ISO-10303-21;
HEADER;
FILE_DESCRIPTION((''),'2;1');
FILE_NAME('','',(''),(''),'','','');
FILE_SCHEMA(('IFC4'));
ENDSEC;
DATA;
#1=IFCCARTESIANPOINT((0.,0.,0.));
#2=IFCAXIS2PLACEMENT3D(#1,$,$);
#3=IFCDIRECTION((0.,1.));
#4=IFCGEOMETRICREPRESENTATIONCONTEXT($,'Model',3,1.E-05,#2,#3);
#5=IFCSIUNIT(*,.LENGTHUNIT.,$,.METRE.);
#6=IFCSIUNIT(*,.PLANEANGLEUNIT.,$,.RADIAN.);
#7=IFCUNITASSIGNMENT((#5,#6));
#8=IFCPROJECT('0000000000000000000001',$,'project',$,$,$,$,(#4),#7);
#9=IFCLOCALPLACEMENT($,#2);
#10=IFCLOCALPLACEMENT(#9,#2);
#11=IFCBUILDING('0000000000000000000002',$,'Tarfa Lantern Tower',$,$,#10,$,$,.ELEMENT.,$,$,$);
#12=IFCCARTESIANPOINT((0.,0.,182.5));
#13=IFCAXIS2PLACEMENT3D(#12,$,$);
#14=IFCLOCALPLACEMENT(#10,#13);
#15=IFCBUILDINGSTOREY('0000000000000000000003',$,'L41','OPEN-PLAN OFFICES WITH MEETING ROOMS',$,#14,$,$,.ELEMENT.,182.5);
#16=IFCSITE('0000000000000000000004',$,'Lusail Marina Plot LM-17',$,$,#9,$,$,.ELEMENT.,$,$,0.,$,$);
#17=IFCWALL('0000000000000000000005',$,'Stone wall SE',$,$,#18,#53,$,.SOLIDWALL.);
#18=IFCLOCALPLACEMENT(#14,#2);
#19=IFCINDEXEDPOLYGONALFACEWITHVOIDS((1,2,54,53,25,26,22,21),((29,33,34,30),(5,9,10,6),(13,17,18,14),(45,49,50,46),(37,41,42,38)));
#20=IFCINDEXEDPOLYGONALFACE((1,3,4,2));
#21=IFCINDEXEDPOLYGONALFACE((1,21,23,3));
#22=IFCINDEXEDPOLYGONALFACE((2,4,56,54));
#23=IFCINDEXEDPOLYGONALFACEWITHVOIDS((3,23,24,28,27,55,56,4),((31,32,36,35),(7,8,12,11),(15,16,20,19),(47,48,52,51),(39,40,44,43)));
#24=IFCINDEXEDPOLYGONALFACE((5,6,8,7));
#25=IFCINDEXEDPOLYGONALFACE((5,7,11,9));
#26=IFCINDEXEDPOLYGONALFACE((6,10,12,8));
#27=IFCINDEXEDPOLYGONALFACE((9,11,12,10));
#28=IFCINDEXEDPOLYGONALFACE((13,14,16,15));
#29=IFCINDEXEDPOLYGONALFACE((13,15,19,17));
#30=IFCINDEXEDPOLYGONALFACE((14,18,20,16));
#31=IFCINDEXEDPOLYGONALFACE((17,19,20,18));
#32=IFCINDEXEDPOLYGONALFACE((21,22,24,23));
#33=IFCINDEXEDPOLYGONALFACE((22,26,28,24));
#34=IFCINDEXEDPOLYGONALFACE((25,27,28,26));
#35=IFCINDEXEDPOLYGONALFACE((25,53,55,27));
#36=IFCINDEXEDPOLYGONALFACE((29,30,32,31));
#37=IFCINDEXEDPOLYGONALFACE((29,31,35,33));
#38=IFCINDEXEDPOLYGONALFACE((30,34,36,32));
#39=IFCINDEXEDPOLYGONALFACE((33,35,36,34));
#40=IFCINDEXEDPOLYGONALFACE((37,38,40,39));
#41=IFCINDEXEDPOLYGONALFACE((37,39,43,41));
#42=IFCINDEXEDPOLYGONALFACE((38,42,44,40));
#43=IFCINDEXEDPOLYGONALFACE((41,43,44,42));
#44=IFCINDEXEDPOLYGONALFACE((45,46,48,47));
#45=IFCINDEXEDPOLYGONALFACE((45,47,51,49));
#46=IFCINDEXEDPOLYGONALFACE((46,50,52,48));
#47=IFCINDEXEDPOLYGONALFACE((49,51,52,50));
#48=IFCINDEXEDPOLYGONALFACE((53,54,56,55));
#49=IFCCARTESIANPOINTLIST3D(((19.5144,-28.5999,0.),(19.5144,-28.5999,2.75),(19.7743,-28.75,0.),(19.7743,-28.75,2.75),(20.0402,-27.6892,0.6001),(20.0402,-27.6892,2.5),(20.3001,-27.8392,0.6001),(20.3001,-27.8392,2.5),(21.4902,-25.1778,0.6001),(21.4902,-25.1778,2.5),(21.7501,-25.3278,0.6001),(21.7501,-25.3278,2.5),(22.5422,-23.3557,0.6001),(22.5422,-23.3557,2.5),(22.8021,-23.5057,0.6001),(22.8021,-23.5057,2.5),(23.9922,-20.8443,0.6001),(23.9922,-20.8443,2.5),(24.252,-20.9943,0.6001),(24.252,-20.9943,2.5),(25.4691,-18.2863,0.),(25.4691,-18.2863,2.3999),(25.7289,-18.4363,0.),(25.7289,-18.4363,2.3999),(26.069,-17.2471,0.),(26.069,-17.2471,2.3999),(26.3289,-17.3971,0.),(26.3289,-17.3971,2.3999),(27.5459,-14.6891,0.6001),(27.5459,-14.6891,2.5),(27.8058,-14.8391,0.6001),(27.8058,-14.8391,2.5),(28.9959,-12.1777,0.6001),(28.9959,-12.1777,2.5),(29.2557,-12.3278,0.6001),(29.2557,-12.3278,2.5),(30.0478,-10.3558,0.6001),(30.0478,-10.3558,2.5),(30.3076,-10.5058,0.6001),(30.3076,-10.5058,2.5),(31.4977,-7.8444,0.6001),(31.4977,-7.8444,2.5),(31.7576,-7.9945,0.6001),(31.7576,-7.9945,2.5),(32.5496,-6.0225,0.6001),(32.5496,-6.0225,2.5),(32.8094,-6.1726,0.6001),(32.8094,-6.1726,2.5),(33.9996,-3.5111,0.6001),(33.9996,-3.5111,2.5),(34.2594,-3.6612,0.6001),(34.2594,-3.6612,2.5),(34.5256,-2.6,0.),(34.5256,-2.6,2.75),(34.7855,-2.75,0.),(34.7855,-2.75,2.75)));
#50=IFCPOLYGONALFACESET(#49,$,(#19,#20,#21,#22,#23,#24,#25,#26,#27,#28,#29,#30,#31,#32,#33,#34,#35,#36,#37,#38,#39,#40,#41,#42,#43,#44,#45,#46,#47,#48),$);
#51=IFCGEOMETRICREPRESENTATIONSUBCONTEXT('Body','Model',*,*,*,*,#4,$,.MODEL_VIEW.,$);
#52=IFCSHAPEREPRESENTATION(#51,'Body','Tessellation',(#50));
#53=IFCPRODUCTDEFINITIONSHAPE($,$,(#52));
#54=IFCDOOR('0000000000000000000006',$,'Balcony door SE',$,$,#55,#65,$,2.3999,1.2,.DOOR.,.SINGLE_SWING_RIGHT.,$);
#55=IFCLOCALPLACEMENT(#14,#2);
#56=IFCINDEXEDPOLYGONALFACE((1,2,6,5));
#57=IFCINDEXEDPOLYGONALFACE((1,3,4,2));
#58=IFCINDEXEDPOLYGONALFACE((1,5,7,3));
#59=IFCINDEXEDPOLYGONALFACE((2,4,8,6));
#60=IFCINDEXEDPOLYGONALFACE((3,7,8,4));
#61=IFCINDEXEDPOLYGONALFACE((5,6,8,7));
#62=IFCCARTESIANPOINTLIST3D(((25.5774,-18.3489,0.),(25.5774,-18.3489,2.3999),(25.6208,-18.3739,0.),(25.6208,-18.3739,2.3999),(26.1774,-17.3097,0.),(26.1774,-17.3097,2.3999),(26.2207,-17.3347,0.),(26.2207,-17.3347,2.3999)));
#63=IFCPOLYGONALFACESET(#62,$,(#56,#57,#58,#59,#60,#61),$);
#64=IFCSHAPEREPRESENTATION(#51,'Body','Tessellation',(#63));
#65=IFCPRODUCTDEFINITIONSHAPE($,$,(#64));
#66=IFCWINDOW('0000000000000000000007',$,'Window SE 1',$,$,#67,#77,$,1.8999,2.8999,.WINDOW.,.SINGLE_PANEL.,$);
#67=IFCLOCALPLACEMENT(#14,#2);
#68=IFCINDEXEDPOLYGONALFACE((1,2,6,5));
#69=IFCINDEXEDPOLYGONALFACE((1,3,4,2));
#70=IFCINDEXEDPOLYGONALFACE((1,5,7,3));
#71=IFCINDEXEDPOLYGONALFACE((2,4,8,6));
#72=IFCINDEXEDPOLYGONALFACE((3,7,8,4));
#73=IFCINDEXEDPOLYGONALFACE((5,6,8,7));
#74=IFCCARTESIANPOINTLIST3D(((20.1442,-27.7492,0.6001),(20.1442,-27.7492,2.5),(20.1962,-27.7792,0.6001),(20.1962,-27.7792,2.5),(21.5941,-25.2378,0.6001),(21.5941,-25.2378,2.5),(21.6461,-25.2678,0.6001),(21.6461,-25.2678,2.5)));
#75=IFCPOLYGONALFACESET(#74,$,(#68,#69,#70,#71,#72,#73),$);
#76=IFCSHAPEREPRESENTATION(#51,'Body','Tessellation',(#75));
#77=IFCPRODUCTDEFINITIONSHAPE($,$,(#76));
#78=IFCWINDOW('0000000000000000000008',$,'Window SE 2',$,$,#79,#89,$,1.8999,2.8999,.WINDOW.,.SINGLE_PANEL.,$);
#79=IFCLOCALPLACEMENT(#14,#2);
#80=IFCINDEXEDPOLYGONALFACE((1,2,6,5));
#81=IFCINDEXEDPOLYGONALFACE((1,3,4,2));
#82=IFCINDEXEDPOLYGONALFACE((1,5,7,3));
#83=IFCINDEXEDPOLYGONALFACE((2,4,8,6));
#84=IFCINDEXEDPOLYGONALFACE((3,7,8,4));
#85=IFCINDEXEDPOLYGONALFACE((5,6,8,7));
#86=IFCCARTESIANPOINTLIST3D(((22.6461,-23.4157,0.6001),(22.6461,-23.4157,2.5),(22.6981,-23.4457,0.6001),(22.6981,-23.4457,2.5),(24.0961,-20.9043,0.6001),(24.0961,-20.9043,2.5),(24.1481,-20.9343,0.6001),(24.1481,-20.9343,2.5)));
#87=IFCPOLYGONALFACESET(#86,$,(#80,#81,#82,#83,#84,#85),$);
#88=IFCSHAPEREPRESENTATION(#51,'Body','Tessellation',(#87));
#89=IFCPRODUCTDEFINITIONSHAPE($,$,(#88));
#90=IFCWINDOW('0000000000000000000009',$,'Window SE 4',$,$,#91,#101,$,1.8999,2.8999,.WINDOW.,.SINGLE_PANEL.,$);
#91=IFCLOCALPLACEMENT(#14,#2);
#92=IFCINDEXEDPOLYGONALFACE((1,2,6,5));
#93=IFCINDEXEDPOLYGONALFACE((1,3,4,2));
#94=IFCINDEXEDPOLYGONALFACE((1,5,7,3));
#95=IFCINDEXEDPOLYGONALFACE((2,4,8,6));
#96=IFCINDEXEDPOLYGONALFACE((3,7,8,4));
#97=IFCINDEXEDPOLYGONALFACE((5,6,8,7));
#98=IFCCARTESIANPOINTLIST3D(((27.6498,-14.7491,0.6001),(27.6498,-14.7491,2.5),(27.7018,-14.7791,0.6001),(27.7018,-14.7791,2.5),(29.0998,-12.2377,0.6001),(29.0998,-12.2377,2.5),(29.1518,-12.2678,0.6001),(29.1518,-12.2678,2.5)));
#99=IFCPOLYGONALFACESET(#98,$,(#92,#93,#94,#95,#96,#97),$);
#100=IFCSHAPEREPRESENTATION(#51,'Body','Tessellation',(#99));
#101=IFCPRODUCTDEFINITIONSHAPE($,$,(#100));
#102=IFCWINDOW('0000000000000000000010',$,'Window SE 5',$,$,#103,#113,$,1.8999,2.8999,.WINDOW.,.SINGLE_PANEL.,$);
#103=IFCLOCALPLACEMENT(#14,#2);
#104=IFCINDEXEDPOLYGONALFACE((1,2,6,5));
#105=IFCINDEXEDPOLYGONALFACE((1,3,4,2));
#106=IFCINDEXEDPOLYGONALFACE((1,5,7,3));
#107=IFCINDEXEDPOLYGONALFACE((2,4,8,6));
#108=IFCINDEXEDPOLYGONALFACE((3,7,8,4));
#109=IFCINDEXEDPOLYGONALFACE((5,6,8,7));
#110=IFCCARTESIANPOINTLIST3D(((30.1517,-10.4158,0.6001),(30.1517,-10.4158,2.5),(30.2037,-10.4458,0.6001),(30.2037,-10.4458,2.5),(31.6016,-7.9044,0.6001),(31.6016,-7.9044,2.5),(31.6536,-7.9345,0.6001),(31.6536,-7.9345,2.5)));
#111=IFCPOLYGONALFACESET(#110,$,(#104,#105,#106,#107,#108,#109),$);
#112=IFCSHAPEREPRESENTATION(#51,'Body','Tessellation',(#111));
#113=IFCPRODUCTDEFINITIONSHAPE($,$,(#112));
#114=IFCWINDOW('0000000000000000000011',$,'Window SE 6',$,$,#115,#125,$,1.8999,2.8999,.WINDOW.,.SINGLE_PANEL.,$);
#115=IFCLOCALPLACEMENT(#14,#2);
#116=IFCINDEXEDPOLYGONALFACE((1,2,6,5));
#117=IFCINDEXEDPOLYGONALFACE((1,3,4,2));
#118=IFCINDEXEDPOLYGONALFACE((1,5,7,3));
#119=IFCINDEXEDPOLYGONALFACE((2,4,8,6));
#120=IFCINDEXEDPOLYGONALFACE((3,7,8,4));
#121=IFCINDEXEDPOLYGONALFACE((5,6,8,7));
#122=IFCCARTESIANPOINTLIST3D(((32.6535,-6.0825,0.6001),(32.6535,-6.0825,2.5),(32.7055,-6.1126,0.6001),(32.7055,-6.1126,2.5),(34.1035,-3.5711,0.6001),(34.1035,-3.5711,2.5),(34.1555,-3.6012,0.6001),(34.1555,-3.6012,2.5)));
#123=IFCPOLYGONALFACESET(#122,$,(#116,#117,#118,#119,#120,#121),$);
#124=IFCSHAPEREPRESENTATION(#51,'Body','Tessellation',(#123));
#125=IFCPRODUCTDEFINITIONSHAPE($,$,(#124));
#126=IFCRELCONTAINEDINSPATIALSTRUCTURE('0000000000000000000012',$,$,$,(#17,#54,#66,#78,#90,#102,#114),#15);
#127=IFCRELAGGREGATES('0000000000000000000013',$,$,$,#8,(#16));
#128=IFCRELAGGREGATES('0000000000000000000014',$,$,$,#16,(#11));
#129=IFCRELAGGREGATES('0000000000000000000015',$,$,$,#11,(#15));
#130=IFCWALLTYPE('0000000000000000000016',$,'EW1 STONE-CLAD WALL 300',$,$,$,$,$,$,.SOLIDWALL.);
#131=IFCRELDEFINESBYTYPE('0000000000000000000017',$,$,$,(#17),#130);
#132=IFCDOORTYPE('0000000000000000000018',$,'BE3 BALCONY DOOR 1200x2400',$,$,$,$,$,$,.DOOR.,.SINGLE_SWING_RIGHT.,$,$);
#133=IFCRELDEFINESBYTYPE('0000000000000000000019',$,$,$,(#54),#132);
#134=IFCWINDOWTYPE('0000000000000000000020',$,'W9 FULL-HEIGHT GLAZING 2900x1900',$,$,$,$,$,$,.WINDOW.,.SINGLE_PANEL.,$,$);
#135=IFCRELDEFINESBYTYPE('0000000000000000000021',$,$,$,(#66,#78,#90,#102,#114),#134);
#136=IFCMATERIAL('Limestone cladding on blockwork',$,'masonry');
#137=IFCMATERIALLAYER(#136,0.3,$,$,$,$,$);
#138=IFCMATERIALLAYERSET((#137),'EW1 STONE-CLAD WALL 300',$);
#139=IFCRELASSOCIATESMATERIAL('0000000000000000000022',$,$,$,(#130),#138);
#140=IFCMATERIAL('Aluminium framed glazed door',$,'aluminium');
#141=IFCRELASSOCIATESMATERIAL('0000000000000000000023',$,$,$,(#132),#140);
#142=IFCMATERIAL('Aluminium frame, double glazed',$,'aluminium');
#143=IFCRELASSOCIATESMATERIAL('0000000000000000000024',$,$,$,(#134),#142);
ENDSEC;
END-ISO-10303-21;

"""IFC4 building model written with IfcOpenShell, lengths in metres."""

from ifc_helpers import new_model, si_unit, direction, frame, frame_2d, origin, place, context, subcontext, project, spatial, rectangle, extrude, material, layer, layer_set, type_object, element, fill, save


model = new_model("IFC4")

# Units and contexts
model_context = context("Model", 3, precision=1e-05, world=origin(), true_north=direction((0.0, 1.0)))
body_context = subcontext(model_context, "Body", "Model", "MODEL_VIEW")
ifc_project = project(units=[si_unit("LENGTHUNIT", "METRE"), si_unit("PLANEANGLEUNIT", "RADIAN")], contexts=[model_context])

# Site, building, storey
site_placement = place(None, origin())
site = spatial("IfcSite", under=ifc_project, at=site_placement, Name="Lusail Marina Plot LM-17", CompositionType="ELEMENT", RefElevation=0.0)
building_placement = place(site_placement, origin())
building = spatial("IfcBuilding", under=site, at=building_placement, Name="Tarfa Lantern Tower", CompositionType="ELEMENT")
storey_placement = place(building_placement, frame((0.0, 0.0, 182.5)))
storey = spatial("IfcBuildingStorey", under=building, at=storey_placement, Name="L41", Description="OPEN-PLAN OFFICES WITH MEETING ROOMS", CompositionType="ELEMENT", Elevation=182.5)

# Wall, openings, door, windows
ifc_material_1 = material(Name="Limestone cladding on blockwork", Category="masonry")
ifc_layer = layer(ifc_material_1, 0.3)
ifc_layer_set = layer_set([ifc_layer], Name="EW1 STONE-CLAD WALL 300")
wall_type = type_object("IfcWallType", Name="EW1 STONE-CLAD WALL 300", PredefinedType="SOLIDWALL", material=ifc_layer_set)
wall_placement = place(storey_placement, frame((19.6443, -28.675, 0.0), z_axis=(0.0, 0.0, 1.0), x_axis=(0.500003, 0.866024, 0.0)))
wall = element("IfcWall", 1, at=wall_placement, inside=storey, type_object=wall_type, Name="Stone wall SE", PredefinedType="SOLIDWALL", context=body_context, shape_type="SweptSolid", body=[
    extrude(rectangle(XDim=30.0222, YDim=0.3, at=frame_2d((15.0112, 0.0))), origin(), (0.0, 0.0, 1.0), 2.75),
])
opening_1_placement = place(wall_placement, frame((1.0518, 0.0, 0.6001)))
opening_1 = element("IfcOpeningElement", 2, at=opening_1_placement, cuts=wall, PredefinedType="OPENING", context=body_context, shape_type="SweptSolid", body=[
    extrude(rectangle(XDim=2.8999, YDim=1.8999, at=frame_2d((1.45, 0.95))), frame((0.0, 0.1599, 0.0), z_axis=(0.0, -1.0, 0.0), x_axis=(1.0, 0.0, 0.0)), (0.0, 0.0, 1.0), 0.3201),
])
opening_2_placement = place(wall_placement, frame((6.0557, 0.0, 0.6001)))
opening_2 = element("IfcOpeningElement", 3, at=opening_2_placement, cuts=wall, PredefinedType="OPENING", context=body_context, shape_type="SweptSolid", body=[
    extrude(rectangle(XDim=2.8999, YDim=1.8999, at=frame_2d((1.45, 0.95))), frame((0.0, 0.1599, 0.0), z_axis=(0.0, -1.0, 0.0), x_axis=(1.0, 0.0, 0.0)), (0.0, 0.0, 1.0), 0.3201),
])
opening_3_placement = place(wall_placement, frame((11.9092, 0.0, 0.0)))
opening_3 = element("IfcOpeningElement", 4, at=opening_3_placement, cuts=wall, PredefinedType="OPENING", context=body_context, shape_type="SweptSolid", body=[
    extrude(rectangle(XDim=1.2, YDim=2.3999, at=frame_2d((0.6001, 1.2))), frame((0.0, 0.1599, 0.0), z_axis=(0.0, -1.0, 0.0), x_axis=(1.0, 0.0, 0.0)), (0.0, 0.0, 1.0), 0.3201),
])
opening_4_placement = place(wall_placement, frame((16.063, 0.0, 0.6001)))
opening_4 = element("IfcOpeningElement", 5, at=opening_4_placement, cuts=wall, PredefinedType="OPENING", context=body_context, shape_type="SweptSolid", body=[
    extrude(rectangle(XDim=2.8999, YDim=1.8999, at=frame_2d((1.45, 0.95))), frame((0.0, 0.1599, 0.0), z_axis=(0.0, -1.0, 0.0), x_axis=(1.0, 0.0, 0.0)), (0.0, 0.0, 1.0), 0.3201),
])
opening_5_placement = place(wall_placement, frame((21.0667, 0.0, 0.6001)))
opening_5 = element("IfcOpeningElement", 6, at=opening_5_placement, cuts=wall, PredefinedType="OPENING", context=body_context, shape_type="SweptSolid", body=[
    extrude(rectangle(XDim=2.8999, YDim=1.8999, at=frame_2d((1.45, 0.95))), frame((0.0, 0.1599, 0.0), z_axis=(0.0, -1.0, 0.0), x_axis=(1.0, 0.0, 0.0)), (0.0, 0.0, 1.0), 0.3201),
])
opening_6_placement = place(wall_placement, frame((26.0703, 0.0, 0.6001)))
opening_6 = element("IfcOpeningElement", 7, at=opening_6_placement, cuts=wall, PredefinedType="OPENING", context=body_context, shape_type="SweptSolid", body=[
    extrude(rectangle(XDim=2.8999, YDim=1.8999, at=frame_2d((1.45, 0.95))), frame((0.0, 0.1599, 0.0), z_axis=(0.0, -1.0, 0.0), x_axis=(1.0, 0.0, 0.0)), (0.0, 0.0, 1.0), 0.3201),
])
ifc_material_2 = material(Name="Aluminium framed glazed door", Category="aluminium")
door_type = type_object("IfcDoorType", Name="BE3 BALCONY DOOR 1200x2400", OperationType="SINGLE_SWING_RIGHT", PredefinedType="DOOR", material=ifc_material_2)
door_placement = place(opening_3_placement, origin())
door = element("IfcDoor", 8, at=door_placement, inside=storey, type_object=door_type, Name="Balcony door SE", OperationType="SINGLE_SWING_RIGHT", OverallHeight=2.3999, OverallWidth=1.2, PredefinedType="DOOR", context=body_context, shape_type="SweptSolid", body=[
    extrude(rectangle(XDim=1.2, YDim=2.3999, at=frame_2d((0.6001, 1.2))), frame((0.0, 0.0249, 0.0), z_axis=(0.0, -1.0, 0.0), x_axis=(1.0, 0.0, 0.0)), (0.0, 0.0, 1.0), 0.05),
])
fill(opening_3, door)
ifc_material_3 = material(Name="Aluminium frame, double glazed", Category="aluminium")
window_type = type_object("IfcWindowType", Name="W9 FULL-HEIGHT GLAZING 2900x1900", PartitioningType="SINGLE_PANEL", PredefinedType="WINDOW", material=ifc_material_3)
window_1_placement = place(opening_1_placement, origin())
window_1 = element("IfcWindow", 9, at=window_1_placement, inside=storey, type_object=window_type, Name="Window SE 1", OverallHeight=1.8999, OverallWidth=2.8999, PartitioningType="SINGLE_PANEL", PredefinedType="WINDOW", context=body_context, shape_type="SweptSolid", body=[
    extrude(rectangle(XDim=2.8999, YDim=1.8999, at=frame_2d((1.45, 0.95))), frame((0.0, 0.03, 0.0), z_axis=(0.0, -1.0, 0.0), x_axis=(1.0, 0.0, 0.0)), (0.0, 0.0, 1.0), 0.0601),
])
fill(opening_1, window_1)
window_2_placement = place(opening_2_placement, origin())
window_2 = element("IfcWindow", 10, at=window_2_placement, inside=storey, type_object=window_type, Name="Window SE 2", OverallHeight=1.8999, OverallWidth=2.8999, PartitioningType="SINGLE_PANEL", PredefinedType="WINDOW", context=body_context, shape_type="SweptSolid", body=[
    extrude(rectangle(XDim=2.8999, YDim=1.8999, at=frame_2d((1.45, 0.95))), frame((0.0, 0.03, 0.0), z_axis=(0.0, -1.0, 0.0), x_axis=(1.0, 0.0, 0.0)), (0.0, 0.0, 1.0), 0.0601),
])
fill(opening_2, window_2)
window_3_placement = place(opening_4_placement, origin())
window_3 = element("IfcWindow", 11, at=window_3_placement, inside=storey, type_object=window_type, Name="Window SE 4", OverallHeight=1.8999, OverallWidth=2.8999, PartitioningType="SINGLE_PANEL", PredefinedType="WINDOW", context=body_context, shape_type="SweptSolid", body=[
    extrude(rectangle(XDim=2.8999, YDim=1.8999, at=frame_2d((1.45, 0.95))), frame((0.0, 0.03, 0.0), z_axis=(0.0, -1.0, 0.0), x_axis=(1.0, 0.0, 0.0)), (0.0, 0.0, 1.0), 0.0601),
])
fill(opening_4, window_3)
window_4_placement = place(opening_5_placement, origin())
window_4 = element("IfcWindow", 12, at=window_4_placement, inside=storey, type_object=window_type, Name="Window SE 5", OverallHeight=1.8999, OverallWidth=2.8999, PartitioningType="SINGLE_PANEL", PredefinedType="WINDOW", context=body_context, shape_type="SweptSolid", body=[
    extrude(rectangle(XDim=2.8999, YDim=1.8999, at=frame_2d((1.45, 0.95))), frame((0.0, 0.03, 0.0), z_axis=(0.0, -1.0, 0.0), x_axis=(1.0, 0.0, 0.0)), (0.0, 0.0, 1.0), 0.0601),
])
fill(opening_5, window_4)
window_5_placement = place(opening_6_placement, origin())
window_5 = element("IfcWindow", 13, at=window_5_placement, inside=storey, type_object=window_type, Name="Window SE 6", OverallHeight=1.8999, OverallWidth=2.8999, PartitioningType="SINGLE_PANEL", PredefinedType="WINDOW", context=body_context, shape_type="SweptSolid", body=[
    extrude(rectangle(XDim=2.8999, YDim=1.8999, at=frame_2d((1.45, 0.95))), frame((0.0, 0.03, 0.0), z_axis=(0.0, -1.0, 0.0), x_axis=(1.0, 0.0, 0.0)), (0.0, 0.0, 1.0), 0.0601),
])
fill(opening_6, window_5)

save(model, "model.ifc")
